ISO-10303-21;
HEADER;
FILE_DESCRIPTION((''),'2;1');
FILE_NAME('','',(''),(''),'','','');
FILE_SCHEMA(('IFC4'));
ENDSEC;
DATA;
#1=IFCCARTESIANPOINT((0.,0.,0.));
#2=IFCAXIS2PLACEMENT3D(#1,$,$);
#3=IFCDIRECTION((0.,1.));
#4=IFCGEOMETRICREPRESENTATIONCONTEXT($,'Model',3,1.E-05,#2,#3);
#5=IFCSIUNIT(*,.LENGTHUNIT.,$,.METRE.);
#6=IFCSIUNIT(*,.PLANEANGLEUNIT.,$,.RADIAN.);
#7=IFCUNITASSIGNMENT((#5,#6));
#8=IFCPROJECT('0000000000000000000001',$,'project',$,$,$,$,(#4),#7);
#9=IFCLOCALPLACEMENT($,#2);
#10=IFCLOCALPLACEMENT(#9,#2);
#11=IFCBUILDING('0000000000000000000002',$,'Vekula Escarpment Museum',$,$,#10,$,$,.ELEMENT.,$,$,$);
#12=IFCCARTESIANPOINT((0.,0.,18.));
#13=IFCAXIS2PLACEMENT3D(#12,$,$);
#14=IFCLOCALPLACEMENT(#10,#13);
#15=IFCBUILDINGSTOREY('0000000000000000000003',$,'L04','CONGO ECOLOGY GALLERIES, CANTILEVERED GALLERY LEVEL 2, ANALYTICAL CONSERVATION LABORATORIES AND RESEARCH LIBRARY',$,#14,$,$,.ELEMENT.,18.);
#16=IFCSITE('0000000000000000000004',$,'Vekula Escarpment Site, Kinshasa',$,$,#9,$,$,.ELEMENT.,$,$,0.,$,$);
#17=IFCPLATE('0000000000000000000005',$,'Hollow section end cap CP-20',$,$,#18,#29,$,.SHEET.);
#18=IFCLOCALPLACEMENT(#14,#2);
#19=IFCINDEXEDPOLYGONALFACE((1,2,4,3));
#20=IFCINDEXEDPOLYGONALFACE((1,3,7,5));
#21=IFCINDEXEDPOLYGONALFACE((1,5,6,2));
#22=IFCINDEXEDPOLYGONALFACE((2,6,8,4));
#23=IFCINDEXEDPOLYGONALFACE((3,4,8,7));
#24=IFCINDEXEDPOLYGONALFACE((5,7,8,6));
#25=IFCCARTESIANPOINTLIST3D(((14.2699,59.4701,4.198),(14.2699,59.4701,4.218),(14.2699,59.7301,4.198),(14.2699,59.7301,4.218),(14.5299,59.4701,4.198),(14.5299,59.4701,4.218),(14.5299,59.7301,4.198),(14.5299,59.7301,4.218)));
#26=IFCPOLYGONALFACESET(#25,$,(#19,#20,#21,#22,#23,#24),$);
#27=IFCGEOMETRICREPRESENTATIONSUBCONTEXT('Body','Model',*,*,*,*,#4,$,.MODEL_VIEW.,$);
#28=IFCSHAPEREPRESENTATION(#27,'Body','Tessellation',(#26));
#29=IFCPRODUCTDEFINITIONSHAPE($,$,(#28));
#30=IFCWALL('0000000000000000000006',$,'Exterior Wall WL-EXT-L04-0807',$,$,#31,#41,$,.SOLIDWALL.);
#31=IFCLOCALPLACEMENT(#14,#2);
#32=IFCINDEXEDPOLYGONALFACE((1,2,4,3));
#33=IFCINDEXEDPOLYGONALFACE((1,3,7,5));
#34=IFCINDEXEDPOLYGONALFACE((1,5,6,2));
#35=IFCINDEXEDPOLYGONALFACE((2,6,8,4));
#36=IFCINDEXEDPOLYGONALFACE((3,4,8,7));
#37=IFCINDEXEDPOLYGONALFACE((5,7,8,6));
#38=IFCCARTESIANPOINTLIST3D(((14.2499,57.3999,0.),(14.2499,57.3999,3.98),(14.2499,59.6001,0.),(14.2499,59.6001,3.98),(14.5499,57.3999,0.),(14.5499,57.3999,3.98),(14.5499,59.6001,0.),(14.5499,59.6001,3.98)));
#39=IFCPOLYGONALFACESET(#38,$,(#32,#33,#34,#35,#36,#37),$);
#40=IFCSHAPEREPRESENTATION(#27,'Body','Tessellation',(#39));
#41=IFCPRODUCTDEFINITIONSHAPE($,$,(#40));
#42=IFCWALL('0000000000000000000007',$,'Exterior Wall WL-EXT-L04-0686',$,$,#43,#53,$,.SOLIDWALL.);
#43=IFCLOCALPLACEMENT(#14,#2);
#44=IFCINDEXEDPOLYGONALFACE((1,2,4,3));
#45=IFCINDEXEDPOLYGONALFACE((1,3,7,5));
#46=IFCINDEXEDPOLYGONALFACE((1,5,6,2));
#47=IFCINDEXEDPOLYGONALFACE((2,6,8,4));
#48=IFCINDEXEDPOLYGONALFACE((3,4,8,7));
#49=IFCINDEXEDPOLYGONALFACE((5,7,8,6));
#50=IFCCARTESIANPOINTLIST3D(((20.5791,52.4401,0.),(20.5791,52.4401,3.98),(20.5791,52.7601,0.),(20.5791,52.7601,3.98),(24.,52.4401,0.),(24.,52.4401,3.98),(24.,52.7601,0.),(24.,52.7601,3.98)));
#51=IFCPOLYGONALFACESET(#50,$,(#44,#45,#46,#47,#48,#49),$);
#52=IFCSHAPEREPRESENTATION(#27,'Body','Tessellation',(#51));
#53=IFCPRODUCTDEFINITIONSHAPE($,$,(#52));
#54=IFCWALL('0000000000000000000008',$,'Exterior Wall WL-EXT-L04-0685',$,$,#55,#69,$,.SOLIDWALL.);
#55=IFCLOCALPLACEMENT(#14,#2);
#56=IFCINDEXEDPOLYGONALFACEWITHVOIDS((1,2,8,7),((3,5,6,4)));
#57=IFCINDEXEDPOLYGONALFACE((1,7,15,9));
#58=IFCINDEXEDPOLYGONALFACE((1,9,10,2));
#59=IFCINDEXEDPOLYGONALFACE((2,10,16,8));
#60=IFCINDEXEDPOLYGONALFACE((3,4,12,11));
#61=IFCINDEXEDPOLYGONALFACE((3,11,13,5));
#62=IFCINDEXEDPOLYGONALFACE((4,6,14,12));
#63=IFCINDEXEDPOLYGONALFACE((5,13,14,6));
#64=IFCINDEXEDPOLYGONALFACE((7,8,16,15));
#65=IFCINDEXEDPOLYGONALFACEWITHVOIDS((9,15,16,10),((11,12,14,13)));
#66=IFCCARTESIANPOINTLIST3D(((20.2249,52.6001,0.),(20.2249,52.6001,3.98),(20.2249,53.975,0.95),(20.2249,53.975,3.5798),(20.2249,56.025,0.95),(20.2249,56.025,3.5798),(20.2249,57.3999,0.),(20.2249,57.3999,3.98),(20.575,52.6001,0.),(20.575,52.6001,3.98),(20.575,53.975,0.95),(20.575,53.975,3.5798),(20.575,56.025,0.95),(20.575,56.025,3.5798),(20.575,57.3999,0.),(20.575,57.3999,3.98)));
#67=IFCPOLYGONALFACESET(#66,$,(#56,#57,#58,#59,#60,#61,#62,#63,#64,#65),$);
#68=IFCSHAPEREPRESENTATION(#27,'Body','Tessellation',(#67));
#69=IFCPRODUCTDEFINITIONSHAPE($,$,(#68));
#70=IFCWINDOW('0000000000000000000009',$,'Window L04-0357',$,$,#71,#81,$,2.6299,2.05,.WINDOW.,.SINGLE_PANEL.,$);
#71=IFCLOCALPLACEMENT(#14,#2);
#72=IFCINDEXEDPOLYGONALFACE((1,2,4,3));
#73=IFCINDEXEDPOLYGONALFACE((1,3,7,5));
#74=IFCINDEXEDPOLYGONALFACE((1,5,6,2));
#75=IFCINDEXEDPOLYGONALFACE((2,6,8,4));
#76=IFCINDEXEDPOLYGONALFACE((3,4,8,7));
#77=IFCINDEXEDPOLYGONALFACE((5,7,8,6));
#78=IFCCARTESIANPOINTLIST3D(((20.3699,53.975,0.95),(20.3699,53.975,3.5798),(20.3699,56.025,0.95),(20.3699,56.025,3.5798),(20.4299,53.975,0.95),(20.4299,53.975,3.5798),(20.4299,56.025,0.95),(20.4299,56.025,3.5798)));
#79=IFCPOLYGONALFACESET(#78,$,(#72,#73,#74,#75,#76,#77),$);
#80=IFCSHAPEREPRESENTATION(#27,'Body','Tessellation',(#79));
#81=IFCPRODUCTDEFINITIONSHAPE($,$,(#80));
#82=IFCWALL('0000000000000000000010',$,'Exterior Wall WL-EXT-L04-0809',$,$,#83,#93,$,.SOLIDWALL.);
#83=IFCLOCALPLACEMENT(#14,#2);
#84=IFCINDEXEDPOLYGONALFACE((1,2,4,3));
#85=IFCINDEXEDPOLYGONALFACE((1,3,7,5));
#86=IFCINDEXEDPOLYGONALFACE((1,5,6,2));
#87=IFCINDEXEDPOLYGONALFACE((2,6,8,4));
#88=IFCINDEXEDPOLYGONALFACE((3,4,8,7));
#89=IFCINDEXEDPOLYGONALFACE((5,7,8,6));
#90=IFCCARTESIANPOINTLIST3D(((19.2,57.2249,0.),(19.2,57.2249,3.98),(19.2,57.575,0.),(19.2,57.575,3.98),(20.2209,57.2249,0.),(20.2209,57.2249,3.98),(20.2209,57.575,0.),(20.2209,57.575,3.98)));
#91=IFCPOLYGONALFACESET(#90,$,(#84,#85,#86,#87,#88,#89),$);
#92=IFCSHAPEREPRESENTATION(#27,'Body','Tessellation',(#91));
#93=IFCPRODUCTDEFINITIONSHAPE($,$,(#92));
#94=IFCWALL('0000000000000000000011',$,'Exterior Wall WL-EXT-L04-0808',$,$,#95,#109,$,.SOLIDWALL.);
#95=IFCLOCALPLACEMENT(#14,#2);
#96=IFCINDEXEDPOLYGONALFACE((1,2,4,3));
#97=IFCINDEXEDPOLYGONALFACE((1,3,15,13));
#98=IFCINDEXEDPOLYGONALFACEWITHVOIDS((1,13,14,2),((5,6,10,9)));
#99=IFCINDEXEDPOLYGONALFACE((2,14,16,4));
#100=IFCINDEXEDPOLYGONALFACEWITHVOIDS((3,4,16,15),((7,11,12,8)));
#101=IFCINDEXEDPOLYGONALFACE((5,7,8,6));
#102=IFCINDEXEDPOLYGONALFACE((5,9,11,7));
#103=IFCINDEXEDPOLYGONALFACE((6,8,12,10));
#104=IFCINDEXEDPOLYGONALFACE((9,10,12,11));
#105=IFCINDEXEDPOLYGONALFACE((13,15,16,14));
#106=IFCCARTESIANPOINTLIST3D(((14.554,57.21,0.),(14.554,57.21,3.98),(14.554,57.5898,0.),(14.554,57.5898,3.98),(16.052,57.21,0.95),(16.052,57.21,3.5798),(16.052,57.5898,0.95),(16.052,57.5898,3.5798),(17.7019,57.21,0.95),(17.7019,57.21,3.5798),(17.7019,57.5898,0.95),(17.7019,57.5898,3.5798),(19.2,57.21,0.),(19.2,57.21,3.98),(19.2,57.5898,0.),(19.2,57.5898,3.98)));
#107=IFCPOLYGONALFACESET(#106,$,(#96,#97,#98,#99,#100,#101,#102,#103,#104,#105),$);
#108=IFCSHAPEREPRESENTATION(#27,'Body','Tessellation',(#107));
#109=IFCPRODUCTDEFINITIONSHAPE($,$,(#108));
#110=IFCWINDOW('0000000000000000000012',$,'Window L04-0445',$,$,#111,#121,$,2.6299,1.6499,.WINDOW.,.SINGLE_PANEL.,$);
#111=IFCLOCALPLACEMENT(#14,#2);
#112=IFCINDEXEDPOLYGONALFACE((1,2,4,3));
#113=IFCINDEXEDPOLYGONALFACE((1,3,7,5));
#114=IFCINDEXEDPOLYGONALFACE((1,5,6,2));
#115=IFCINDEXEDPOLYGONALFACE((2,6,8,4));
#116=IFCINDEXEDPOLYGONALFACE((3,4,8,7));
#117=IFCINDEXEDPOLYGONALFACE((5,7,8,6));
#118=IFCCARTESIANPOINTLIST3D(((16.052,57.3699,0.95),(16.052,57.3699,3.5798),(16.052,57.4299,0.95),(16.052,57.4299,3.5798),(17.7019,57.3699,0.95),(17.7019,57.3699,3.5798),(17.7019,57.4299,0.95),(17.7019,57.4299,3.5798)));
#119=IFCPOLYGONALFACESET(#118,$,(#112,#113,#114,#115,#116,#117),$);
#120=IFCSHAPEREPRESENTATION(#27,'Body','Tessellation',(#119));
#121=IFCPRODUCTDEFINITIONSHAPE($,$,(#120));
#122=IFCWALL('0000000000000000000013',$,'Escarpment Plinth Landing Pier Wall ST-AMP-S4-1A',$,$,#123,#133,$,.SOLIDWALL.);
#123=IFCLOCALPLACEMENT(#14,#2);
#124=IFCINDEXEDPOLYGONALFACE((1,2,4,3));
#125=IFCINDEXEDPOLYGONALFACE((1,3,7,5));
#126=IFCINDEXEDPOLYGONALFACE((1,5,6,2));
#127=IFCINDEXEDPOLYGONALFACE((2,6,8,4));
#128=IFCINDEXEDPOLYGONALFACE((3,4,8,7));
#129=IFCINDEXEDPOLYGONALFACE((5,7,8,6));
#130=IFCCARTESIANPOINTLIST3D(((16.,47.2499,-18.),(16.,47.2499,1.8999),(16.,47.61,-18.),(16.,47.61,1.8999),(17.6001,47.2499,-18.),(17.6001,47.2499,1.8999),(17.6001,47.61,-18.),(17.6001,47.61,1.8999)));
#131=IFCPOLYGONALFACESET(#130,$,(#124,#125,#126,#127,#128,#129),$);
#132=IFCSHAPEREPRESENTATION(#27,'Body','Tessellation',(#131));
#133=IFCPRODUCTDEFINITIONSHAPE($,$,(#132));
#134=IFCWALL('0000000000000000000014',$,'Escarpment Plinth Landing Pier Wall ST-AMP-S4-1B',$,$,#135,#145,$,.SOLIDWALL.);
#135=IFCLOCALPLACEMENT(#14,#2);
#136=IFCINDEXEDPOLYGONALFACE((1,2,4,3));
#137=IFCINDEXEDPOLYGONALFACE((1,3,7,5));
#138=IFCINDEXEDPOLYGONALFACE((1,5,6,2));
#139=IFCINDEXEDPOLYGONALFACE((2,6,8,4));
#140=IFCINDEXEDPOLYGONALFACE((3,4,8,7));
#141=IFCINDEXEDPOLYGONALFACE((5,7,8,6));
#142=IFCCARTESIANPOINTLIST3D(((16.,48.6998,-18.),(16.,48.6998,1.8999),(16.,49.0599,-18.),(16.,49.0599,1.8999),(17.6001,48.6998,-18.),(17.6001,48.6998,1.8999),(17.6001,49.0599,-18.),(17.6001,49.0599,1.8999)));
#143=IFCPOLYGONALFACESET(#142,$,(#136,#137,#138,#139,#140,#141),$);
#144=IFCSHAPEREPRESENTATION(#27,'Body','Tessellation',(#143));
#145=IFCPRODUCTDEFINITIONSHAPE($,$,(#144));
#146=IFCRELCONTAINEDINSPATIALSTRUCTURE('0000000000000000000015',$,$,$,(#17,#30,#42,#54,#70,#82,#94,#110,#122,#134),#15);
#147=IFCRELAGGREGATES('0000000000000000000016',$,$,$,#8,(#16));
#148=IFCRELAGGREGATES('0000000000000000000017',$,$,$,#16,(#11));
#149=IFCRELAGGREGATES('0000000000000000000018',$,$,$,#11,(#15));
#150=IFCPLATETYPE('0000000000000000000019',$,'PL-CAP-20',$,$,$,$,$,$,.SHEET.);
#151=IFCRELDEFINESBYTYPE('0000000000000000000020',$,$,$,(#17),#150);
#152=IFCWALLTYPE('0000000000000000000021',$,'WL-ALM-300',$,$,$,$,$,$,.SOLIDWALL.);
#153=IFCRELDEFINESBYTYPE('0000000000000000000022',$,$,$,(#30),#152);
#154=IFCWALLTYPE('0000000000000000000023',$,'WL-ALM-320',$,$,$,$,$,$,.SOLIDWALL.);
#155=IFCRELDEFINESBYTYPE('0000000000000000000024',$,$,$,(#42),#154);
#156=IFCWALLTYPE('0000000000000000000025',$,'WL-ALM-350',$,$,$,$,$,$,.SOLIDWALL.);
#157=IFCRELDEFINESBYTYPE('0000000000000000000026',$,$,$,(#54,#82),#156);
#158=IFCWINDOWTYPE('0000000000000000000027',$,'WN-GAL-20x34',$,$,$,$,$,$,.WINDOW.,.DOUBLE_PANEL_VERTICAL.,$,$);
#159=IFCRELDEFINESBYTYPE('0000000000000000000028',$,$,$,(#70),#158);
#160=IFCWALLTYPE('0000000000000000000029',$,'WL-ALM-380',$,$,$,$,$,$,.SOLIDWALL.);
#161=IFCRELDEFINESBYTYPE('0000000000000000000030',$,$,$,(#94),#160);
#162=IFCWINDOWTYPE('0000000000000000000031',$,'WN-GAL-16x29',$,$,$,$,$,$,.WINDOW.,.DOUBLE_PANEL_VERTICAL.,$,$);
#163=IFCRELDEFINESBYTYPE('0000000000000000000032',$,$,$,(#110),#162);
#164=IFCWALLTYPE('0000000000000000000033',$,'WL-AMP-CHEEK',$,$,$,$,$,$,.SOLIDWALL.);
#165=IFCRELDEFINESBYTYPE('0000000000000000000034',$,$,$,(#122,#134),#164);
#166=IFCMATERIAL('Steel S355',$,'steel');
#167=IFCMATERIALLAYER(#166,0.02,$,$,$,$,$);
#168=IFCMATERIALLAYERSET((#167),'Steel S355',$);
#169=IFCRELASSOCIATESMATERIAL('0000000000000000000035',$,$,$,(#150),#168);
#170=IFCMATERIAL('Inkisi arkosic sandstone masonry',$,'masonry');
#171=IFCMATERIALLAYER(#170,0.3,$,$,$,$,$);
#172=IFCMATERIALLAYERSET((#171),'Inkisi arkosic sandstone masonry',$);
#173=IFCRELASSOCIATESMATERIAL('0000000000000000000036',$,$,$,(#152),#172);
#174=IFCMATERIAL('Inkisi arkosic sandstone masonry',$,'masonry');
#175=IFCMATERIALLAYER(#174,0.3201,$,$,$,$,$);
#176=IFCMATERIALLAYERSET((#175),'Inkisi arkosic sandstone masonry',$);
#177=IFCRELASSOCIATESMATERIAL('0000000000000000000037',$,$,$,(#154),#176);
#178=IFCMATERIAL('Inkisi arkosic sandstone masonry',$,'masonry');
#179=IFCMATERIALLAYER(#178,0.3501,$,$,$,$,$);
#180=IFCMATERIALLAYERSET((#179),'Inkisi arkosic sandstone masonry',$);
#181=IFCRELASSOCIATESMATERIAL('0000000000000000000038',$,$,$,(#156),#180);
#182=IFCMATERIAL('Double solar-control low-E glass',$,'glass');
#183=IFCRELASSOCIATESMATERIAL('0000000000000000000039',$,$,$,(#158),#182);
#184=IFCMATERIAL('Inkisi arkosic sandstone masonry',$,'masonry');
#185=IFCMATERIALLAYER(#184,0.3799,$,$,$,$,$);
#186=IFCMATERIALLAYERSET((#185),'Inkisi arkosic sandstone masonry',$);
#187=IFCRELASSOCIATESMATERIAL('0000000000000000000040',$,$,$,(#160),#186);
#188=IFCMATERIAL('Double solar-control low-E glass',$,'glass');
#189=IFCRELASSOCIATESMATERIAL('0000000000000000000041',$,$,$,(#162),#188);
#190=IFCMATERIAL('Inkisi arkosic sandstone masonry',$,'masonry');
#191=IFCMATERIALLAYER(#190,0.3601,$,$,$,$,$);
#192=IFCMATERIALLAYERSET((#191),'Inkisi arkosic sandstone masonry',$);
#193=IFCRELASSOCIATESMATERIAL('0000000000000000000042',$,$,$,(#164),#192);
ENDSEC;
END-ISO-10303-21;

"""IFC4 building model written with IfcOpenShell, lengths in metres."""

from ifc_helpers import new_model, si_unit, direction, frame, frame_2d, origin, origin_2d, place, context, subcontext, project, spatial, rectangle, extrude, material, layer, layer_set, type_object, element, fill, save


model = new_model("IFC4")

# Units and contexts
model_context = context("Model", 3, precision=1e-05, world=origin(), true_north=direction((0.0, 1.0)))
body_context = subcontext(model_context, "Body", "Model", "MODEL_VIEW")
ifc_project = project(units=[si_unit("LENGTHUNIT", "METRE"), si_unit("PLANEANGLEUNIT", "RADIAN")], contexts=[model_context])

# Site, building, storey
site_placement = place(None, origin())
site = spatial("IfcSite", under=ifc_project, at=site_placement, Name="Vekula Escarpment Site, Kinshasa", CompositionType="ELEMENT", RefElevation=0.0)
building_placement = place(site_placement, origin())
building = spatial("IfcBuilding", under=site, at=building_placement, Name="Vekula Escarpment Museum", CompositionType="ELEMENT")
storey_placement = place(building_placement, frame((0.0, 0.0, 18.0)))
storey = spatial("IfcBuildingStorey", under=building, at=storey_placement, Name="L04", Description="CONGO ECOLOGY GALLERIES, CANTILEVERED GALLERY LEVEL 2, ANALYTICAL CONSERVATION LABORATORIES AND RESEARCH LIBRARY", CompositionType="ELEMENT", Elevation=18.0)

# Plate
ifc_material_1 = material(Name="Steel S355", Category="steel")
ifc_layer_1 = layer(ifc_material_1, 0.02)
ifc_layer_set_1 = layer_set([ifc_layer_1], Name="Steel S355")
plate_type = type_object("IfcPlateType", Name="PL-CAP-20", PredefinedType="SHEET", material=ifc_layer_set_1)
plate_placement = place(storey_placement, frame((14.3999, 59.6001, 4.198), z_axis=(0.0, 0.0, 1.0), x_axis=(1.0, 0.0, 0.0)))
element("IfcPlate", 1, at=plate_placement, inside=storey, type_object=plate_type, Name="Hollow section end cap CP-20", PredefinedType="SHEET", context=body_context, shape_type="SweptSolid", body=[
    extrude(rectangle(XDim=0.26, YDim=0.26, at=origin_2d()), origin(), (0.0, 0.0, 1.0), 0.02),
])

# Walls
ifc_material_2 = material(Name="Inkisi arkosic sandstone masonry", Category="masonry")
ifc_layer_2 = layer(ifc_material_2, 0.3)
ifc_layer_set_2 = layer_set([ifc_layer_2], Name="Inkisi arkosic sandstone masonry")
wall_type_1 = type_object("IfcWallType", Name="WL-ALM-300", PredefinedType="SOLIDWALL", material=ifc_layer_set_2)
wall_1_placement = place(storey_placement, frame((14.3999, 57.3999, 0.0), z_axis=(0.0, 0.0, 1.0), x_axis=(0.0, 1.0, 0.0)))
element("IfcWall", 2, at=wall_1_placement, inside=storey, type_object=wall_type_1, Name="Exterior Wall WL-EXT-L04-0807", PredefinedType="SOLIDWALL", context=body_context, shape_type="SweptSolid", body=[
    extrude(rectangle(XDim=2.2002, YDim=0.3, at=frame_2d((1.1001, 0.0))), origin(), (0.0, 0.0, 1.0), 3.98),
])
ifc_material_3 = material(Name="Inkisi arkosic sandstone masonry", Category="masonry")
ifc_layer_3 = layer(ifc_material_3, 0.3201)
ifc_layer_set_3 = layer_set([ifc_layer_3], Name="Inkisi arkosic sandstone masonry")
wall_type_2 = type_object("IfcWallType", Name="WL-ALM-320", PredefinedType="SOLIDWALL", material=ifc_layer_set_3)
wall_2_placement = place(storey_placement, frame((24.0, 52.6001, 0.0), z_axis=(0.0, 0.0, 1.0), x_axis=(-1.0, 0.0, 0.0)))
element("IfcWall", 3, at=wall_2_placement, inside=storey, type_object=wall_type_2, Name="Exterior Wall WL-EXT-L04-0686", PredefinedType="SOLIDWALL", context=body_context, shape_type="SweptSolid", body=[
    extrude(rectangle(XDim=3.4209, YDim=0.3201, at=frame_2d((1.7104, 0.0))), origin(), (0.0, 0.0, 1.0), 3.98),
])

# Wall, opening, window
ifc_material_4 = material(Name="Inkisi arkosic sandstone masonry", Category="masonry")
ifc_layer_4 = layer(ifc_material_4, 0.3501)
ifc_layer_set_4 = layer_set([ifc_layer_4], Name="Inkisi arkosic sandstone masonry")
wall_type_3 = type_object("IfcWallType", Name="WL-ALM-350", PredefinedType="SOLIDWALL", material=ifc_layer_set_4)
wall_3_placement = place(storey_placement, frame((20.3999, 52.6001, 0.0), z_axis=(0.0, 0.0, 1.0), x_axis=(0.0, 1.0, 0.0)))
wall_3 = element("IfcWall", 4, at=wall_3_placement, inside=storey, type_object=wall_type_3, Name="Exterior Wall WL-EXT-L04-0685", PredefinedType="SOLIDWALL", context=body_context, shape_type="SweptSolid", body=[
    extrude(rectangle(XDim=4.7998, YDim=0.3501, at=frame_2d((2.3999, 0.0))), origin(), (0.0, 0.0, 1.0), 3.98),
])
opening_1_placement = place(wall_3_placement, frame((1.375, 0.0, 0.95)))
opening_1 = element("IfcOpeningElement", 5, at=opening_1_placement, cuts=wall_3, PredefinedType="OPENING", context=body_context, shape_type="SweptSolid", body=[
    extrude(rectangle(XDim=2.05, YDim=2.6299, at=frame_2d((1.0249, 1.3149))), frame((0.0, 0.1851, 0.0), z_axis=(0.0, -1.0, 0.0), x_axis=(1.0, 0.0, 0.0)), (0.0, 0.0, 1.0), 0.3701),
])
ifc_material_5 = material(Name="Double solar-control low-E glass", Category="glass")
window_type_1 = type_object("IfcWindowType", Name="WN-GAL-20x34", PartitioningType="DOUBLE_PANEL_VERTICAL", PredefinedType="WINDOW", material=ifc_material_5)
window_1_placement = place(opening_1_placement, origin())
window_1 = element("IfcWindow", 6, at=window_1_placement, inside=storey, type_object=window_type_1, Name="Window L04-0357", OverallHeight=2.6299, OverallWidth=2.05, PartitioningType="SINGLE_PANEL", PredefinedType="WINDOW", context=body_context, shape_type="SweptSolid", body=[
    extrude(rectangle(XDim=2.05, YDim=2.6299, at=frame_2d((1.0249, 1.3149))), frame((0.0, 0.03, 0.0), z_axis=(0.0, -1.0, 0.0), x_axis=(1.0, 0.0, 0.0)), (0.0, 0.0, 1.0), 0.0601),
])
fill(opening_1, window_1)

# Wall
wall_4_placement = place(storey_placement, frame((20.2209, 57.3999, 0.0), z_axis=(0.0, 0.0, 1.0), x_axis=(-1.0, 0.0, 0.0)))
element("IfcWall", 7, at=wall_4_placement, inside=storey, type_object=wall_type_3, Name="Exterior Wall WL-EXT-L04-0809", PredefinedType="SOLIDWALL", context=body_context, shape_type="SweptSolid", body=[
    extrude(rectangle(XDim=1.021, YDim=0.3501, at=frame_2d((0.5105, 0.0))), origin(), (0.0, 0.0, 1.0), 3.98),
])

# Wall, opening, window
ifc_material_6 = material(Name="Inkisi arkosic sandstone masonry", Category="masonry")
ifc_layer_5 = layer(ifc_material_6, 0.3799)
ifc_layer_set_5 = layer_set([ifc_layer_5], Name="Inkisi arkosic sandstone masonry")
wall_type_4 = type_object("IfcWallType", Name="WL-ALM-380", PredefinedType="SOLIDWALL", material=ifc_layer_set_5)
wall_5_placement = place(storey_placement, frame((19.2, 57.3999, 0.0), z_axis=(0.0, 0.0, 1.0), x_axis=(-1.0, 0.0, 0.0)))
wall_5 = element("IfcWall", 8, at=wall_5_placement, inside=storey, type_object=wall_type_4, Name="Exterior Wall WL-EXT-L04-0808", PredefinedType="SOLIDWALL", context=body_context, shape_type="SweptSolid", body=[
    extrude(rectangle(XDim=4.646, YDim=0.3799, at=frame_2d((2.323, 0.0))), origin(), (0.0, 0.0, 1.0), 3.98),
])
opening_2_placement = place(wall_5_placement, frame((1.498, 0.0, 0.95)))
opening_2 = element("IfcOpeningElement", 9, at=opening_2_placement, cuts=wall_5, PredefinedType="OPENING", context=body_context, shape_type="SweptSolid", body=[
    extrude(rectangle(XDim=1.6499, YDim=2.6299, at=frame_2d((0.825, 1.3149))), frame((0.0, 0.2, 0.0), z_axis=(0.0, -1.0, 0.0), x_axis=(1.0, 0.0, 0.0)), (0.0, 0.0, 1.0), 0.3999),
])
ifc_material_7 = material(Name="Double solar-control low-E glass", Category="glass")
window_type_2 = type_object("IfcWindowType", Name="WN-GAL-16x29", PartitioningType="DOUBLE_PANEL_VERTICAL", PredefinedType="WINDOW", material=ifc_material_7)
window_2_placement = place(opening_2_placement, origin())
window_2 = element("IfcWindow", 10, at=window_2_placement, inside=storey, type_object=window_type_2, Name="Window L04-0445", OverallHeight=2.6299, OverallWidth=1.6499, PartitioningType="SINGLE_PANEL", PredefinedType="WINDOW", context=body_context, shape_type="SweptSolid", body=[
    extrude(rectangle(XDim=1.6499, YDim=2.6299, at=frame_2d((0.825, 1.3149))), frame((0.0, 0.03, 0.0), z_axis=(0.0, -1.0, 0.0), x_axis=(1.0, 0.0, 0.0)), (0.0, 0.0, 1.0), 0.0601),
])
fill(opening_2, window_2)

# Walls
ifc_material_8 = material(Name="Inkisi arkosic sandstone masonry", Category="masonry")
ifc_layer_6 = layer(ifc_material_8, 0.3601)
ifc_layer_set_6 = layer_set([ifc_layer_6], Name="Inkisi arkosic sandstone masonry")
wall_type_5 = type_object("IfcWallType", Name="WL-AMP-CHEEK", PredefinedType="SOLIDWALL", material=ifc_layer_set_6)
for number, where, z_axis, x_axis, name in (
    (11, (16.0, 47.4299, -18.0), (0.0, 0.0, 1.0), (1.0, 0.0, 0.0), "Escarpment Plinth Landing Pier Wall ST-AMP-S4-1A"),
    (12, (16.0, 48.8799, -18.0), (0.0, 0.0, 1.0), (1.0, 0.0, 0.0), "Escarpment Plinth Landing Pier Wall ST-AMP-S4-1B"),
):
    element("IfcWall", number, at=place(storey_placement, frame(where, z_axis=z_axis, x_axis=x_axis)), inside=storey, type_object=wall_type_5, Name=name, PredefinedType="SOLIDWALL", context=body_context, shape_type="SweptSolid", body=[
        extrude(rectangle(XDim=1.6001, YDim=0.3601, at=frame_2d((0.8, 0.0))), origin(), (0.0, 0.0, 1.0), 19.8999),
    ])

save(model, "model.ifc")
